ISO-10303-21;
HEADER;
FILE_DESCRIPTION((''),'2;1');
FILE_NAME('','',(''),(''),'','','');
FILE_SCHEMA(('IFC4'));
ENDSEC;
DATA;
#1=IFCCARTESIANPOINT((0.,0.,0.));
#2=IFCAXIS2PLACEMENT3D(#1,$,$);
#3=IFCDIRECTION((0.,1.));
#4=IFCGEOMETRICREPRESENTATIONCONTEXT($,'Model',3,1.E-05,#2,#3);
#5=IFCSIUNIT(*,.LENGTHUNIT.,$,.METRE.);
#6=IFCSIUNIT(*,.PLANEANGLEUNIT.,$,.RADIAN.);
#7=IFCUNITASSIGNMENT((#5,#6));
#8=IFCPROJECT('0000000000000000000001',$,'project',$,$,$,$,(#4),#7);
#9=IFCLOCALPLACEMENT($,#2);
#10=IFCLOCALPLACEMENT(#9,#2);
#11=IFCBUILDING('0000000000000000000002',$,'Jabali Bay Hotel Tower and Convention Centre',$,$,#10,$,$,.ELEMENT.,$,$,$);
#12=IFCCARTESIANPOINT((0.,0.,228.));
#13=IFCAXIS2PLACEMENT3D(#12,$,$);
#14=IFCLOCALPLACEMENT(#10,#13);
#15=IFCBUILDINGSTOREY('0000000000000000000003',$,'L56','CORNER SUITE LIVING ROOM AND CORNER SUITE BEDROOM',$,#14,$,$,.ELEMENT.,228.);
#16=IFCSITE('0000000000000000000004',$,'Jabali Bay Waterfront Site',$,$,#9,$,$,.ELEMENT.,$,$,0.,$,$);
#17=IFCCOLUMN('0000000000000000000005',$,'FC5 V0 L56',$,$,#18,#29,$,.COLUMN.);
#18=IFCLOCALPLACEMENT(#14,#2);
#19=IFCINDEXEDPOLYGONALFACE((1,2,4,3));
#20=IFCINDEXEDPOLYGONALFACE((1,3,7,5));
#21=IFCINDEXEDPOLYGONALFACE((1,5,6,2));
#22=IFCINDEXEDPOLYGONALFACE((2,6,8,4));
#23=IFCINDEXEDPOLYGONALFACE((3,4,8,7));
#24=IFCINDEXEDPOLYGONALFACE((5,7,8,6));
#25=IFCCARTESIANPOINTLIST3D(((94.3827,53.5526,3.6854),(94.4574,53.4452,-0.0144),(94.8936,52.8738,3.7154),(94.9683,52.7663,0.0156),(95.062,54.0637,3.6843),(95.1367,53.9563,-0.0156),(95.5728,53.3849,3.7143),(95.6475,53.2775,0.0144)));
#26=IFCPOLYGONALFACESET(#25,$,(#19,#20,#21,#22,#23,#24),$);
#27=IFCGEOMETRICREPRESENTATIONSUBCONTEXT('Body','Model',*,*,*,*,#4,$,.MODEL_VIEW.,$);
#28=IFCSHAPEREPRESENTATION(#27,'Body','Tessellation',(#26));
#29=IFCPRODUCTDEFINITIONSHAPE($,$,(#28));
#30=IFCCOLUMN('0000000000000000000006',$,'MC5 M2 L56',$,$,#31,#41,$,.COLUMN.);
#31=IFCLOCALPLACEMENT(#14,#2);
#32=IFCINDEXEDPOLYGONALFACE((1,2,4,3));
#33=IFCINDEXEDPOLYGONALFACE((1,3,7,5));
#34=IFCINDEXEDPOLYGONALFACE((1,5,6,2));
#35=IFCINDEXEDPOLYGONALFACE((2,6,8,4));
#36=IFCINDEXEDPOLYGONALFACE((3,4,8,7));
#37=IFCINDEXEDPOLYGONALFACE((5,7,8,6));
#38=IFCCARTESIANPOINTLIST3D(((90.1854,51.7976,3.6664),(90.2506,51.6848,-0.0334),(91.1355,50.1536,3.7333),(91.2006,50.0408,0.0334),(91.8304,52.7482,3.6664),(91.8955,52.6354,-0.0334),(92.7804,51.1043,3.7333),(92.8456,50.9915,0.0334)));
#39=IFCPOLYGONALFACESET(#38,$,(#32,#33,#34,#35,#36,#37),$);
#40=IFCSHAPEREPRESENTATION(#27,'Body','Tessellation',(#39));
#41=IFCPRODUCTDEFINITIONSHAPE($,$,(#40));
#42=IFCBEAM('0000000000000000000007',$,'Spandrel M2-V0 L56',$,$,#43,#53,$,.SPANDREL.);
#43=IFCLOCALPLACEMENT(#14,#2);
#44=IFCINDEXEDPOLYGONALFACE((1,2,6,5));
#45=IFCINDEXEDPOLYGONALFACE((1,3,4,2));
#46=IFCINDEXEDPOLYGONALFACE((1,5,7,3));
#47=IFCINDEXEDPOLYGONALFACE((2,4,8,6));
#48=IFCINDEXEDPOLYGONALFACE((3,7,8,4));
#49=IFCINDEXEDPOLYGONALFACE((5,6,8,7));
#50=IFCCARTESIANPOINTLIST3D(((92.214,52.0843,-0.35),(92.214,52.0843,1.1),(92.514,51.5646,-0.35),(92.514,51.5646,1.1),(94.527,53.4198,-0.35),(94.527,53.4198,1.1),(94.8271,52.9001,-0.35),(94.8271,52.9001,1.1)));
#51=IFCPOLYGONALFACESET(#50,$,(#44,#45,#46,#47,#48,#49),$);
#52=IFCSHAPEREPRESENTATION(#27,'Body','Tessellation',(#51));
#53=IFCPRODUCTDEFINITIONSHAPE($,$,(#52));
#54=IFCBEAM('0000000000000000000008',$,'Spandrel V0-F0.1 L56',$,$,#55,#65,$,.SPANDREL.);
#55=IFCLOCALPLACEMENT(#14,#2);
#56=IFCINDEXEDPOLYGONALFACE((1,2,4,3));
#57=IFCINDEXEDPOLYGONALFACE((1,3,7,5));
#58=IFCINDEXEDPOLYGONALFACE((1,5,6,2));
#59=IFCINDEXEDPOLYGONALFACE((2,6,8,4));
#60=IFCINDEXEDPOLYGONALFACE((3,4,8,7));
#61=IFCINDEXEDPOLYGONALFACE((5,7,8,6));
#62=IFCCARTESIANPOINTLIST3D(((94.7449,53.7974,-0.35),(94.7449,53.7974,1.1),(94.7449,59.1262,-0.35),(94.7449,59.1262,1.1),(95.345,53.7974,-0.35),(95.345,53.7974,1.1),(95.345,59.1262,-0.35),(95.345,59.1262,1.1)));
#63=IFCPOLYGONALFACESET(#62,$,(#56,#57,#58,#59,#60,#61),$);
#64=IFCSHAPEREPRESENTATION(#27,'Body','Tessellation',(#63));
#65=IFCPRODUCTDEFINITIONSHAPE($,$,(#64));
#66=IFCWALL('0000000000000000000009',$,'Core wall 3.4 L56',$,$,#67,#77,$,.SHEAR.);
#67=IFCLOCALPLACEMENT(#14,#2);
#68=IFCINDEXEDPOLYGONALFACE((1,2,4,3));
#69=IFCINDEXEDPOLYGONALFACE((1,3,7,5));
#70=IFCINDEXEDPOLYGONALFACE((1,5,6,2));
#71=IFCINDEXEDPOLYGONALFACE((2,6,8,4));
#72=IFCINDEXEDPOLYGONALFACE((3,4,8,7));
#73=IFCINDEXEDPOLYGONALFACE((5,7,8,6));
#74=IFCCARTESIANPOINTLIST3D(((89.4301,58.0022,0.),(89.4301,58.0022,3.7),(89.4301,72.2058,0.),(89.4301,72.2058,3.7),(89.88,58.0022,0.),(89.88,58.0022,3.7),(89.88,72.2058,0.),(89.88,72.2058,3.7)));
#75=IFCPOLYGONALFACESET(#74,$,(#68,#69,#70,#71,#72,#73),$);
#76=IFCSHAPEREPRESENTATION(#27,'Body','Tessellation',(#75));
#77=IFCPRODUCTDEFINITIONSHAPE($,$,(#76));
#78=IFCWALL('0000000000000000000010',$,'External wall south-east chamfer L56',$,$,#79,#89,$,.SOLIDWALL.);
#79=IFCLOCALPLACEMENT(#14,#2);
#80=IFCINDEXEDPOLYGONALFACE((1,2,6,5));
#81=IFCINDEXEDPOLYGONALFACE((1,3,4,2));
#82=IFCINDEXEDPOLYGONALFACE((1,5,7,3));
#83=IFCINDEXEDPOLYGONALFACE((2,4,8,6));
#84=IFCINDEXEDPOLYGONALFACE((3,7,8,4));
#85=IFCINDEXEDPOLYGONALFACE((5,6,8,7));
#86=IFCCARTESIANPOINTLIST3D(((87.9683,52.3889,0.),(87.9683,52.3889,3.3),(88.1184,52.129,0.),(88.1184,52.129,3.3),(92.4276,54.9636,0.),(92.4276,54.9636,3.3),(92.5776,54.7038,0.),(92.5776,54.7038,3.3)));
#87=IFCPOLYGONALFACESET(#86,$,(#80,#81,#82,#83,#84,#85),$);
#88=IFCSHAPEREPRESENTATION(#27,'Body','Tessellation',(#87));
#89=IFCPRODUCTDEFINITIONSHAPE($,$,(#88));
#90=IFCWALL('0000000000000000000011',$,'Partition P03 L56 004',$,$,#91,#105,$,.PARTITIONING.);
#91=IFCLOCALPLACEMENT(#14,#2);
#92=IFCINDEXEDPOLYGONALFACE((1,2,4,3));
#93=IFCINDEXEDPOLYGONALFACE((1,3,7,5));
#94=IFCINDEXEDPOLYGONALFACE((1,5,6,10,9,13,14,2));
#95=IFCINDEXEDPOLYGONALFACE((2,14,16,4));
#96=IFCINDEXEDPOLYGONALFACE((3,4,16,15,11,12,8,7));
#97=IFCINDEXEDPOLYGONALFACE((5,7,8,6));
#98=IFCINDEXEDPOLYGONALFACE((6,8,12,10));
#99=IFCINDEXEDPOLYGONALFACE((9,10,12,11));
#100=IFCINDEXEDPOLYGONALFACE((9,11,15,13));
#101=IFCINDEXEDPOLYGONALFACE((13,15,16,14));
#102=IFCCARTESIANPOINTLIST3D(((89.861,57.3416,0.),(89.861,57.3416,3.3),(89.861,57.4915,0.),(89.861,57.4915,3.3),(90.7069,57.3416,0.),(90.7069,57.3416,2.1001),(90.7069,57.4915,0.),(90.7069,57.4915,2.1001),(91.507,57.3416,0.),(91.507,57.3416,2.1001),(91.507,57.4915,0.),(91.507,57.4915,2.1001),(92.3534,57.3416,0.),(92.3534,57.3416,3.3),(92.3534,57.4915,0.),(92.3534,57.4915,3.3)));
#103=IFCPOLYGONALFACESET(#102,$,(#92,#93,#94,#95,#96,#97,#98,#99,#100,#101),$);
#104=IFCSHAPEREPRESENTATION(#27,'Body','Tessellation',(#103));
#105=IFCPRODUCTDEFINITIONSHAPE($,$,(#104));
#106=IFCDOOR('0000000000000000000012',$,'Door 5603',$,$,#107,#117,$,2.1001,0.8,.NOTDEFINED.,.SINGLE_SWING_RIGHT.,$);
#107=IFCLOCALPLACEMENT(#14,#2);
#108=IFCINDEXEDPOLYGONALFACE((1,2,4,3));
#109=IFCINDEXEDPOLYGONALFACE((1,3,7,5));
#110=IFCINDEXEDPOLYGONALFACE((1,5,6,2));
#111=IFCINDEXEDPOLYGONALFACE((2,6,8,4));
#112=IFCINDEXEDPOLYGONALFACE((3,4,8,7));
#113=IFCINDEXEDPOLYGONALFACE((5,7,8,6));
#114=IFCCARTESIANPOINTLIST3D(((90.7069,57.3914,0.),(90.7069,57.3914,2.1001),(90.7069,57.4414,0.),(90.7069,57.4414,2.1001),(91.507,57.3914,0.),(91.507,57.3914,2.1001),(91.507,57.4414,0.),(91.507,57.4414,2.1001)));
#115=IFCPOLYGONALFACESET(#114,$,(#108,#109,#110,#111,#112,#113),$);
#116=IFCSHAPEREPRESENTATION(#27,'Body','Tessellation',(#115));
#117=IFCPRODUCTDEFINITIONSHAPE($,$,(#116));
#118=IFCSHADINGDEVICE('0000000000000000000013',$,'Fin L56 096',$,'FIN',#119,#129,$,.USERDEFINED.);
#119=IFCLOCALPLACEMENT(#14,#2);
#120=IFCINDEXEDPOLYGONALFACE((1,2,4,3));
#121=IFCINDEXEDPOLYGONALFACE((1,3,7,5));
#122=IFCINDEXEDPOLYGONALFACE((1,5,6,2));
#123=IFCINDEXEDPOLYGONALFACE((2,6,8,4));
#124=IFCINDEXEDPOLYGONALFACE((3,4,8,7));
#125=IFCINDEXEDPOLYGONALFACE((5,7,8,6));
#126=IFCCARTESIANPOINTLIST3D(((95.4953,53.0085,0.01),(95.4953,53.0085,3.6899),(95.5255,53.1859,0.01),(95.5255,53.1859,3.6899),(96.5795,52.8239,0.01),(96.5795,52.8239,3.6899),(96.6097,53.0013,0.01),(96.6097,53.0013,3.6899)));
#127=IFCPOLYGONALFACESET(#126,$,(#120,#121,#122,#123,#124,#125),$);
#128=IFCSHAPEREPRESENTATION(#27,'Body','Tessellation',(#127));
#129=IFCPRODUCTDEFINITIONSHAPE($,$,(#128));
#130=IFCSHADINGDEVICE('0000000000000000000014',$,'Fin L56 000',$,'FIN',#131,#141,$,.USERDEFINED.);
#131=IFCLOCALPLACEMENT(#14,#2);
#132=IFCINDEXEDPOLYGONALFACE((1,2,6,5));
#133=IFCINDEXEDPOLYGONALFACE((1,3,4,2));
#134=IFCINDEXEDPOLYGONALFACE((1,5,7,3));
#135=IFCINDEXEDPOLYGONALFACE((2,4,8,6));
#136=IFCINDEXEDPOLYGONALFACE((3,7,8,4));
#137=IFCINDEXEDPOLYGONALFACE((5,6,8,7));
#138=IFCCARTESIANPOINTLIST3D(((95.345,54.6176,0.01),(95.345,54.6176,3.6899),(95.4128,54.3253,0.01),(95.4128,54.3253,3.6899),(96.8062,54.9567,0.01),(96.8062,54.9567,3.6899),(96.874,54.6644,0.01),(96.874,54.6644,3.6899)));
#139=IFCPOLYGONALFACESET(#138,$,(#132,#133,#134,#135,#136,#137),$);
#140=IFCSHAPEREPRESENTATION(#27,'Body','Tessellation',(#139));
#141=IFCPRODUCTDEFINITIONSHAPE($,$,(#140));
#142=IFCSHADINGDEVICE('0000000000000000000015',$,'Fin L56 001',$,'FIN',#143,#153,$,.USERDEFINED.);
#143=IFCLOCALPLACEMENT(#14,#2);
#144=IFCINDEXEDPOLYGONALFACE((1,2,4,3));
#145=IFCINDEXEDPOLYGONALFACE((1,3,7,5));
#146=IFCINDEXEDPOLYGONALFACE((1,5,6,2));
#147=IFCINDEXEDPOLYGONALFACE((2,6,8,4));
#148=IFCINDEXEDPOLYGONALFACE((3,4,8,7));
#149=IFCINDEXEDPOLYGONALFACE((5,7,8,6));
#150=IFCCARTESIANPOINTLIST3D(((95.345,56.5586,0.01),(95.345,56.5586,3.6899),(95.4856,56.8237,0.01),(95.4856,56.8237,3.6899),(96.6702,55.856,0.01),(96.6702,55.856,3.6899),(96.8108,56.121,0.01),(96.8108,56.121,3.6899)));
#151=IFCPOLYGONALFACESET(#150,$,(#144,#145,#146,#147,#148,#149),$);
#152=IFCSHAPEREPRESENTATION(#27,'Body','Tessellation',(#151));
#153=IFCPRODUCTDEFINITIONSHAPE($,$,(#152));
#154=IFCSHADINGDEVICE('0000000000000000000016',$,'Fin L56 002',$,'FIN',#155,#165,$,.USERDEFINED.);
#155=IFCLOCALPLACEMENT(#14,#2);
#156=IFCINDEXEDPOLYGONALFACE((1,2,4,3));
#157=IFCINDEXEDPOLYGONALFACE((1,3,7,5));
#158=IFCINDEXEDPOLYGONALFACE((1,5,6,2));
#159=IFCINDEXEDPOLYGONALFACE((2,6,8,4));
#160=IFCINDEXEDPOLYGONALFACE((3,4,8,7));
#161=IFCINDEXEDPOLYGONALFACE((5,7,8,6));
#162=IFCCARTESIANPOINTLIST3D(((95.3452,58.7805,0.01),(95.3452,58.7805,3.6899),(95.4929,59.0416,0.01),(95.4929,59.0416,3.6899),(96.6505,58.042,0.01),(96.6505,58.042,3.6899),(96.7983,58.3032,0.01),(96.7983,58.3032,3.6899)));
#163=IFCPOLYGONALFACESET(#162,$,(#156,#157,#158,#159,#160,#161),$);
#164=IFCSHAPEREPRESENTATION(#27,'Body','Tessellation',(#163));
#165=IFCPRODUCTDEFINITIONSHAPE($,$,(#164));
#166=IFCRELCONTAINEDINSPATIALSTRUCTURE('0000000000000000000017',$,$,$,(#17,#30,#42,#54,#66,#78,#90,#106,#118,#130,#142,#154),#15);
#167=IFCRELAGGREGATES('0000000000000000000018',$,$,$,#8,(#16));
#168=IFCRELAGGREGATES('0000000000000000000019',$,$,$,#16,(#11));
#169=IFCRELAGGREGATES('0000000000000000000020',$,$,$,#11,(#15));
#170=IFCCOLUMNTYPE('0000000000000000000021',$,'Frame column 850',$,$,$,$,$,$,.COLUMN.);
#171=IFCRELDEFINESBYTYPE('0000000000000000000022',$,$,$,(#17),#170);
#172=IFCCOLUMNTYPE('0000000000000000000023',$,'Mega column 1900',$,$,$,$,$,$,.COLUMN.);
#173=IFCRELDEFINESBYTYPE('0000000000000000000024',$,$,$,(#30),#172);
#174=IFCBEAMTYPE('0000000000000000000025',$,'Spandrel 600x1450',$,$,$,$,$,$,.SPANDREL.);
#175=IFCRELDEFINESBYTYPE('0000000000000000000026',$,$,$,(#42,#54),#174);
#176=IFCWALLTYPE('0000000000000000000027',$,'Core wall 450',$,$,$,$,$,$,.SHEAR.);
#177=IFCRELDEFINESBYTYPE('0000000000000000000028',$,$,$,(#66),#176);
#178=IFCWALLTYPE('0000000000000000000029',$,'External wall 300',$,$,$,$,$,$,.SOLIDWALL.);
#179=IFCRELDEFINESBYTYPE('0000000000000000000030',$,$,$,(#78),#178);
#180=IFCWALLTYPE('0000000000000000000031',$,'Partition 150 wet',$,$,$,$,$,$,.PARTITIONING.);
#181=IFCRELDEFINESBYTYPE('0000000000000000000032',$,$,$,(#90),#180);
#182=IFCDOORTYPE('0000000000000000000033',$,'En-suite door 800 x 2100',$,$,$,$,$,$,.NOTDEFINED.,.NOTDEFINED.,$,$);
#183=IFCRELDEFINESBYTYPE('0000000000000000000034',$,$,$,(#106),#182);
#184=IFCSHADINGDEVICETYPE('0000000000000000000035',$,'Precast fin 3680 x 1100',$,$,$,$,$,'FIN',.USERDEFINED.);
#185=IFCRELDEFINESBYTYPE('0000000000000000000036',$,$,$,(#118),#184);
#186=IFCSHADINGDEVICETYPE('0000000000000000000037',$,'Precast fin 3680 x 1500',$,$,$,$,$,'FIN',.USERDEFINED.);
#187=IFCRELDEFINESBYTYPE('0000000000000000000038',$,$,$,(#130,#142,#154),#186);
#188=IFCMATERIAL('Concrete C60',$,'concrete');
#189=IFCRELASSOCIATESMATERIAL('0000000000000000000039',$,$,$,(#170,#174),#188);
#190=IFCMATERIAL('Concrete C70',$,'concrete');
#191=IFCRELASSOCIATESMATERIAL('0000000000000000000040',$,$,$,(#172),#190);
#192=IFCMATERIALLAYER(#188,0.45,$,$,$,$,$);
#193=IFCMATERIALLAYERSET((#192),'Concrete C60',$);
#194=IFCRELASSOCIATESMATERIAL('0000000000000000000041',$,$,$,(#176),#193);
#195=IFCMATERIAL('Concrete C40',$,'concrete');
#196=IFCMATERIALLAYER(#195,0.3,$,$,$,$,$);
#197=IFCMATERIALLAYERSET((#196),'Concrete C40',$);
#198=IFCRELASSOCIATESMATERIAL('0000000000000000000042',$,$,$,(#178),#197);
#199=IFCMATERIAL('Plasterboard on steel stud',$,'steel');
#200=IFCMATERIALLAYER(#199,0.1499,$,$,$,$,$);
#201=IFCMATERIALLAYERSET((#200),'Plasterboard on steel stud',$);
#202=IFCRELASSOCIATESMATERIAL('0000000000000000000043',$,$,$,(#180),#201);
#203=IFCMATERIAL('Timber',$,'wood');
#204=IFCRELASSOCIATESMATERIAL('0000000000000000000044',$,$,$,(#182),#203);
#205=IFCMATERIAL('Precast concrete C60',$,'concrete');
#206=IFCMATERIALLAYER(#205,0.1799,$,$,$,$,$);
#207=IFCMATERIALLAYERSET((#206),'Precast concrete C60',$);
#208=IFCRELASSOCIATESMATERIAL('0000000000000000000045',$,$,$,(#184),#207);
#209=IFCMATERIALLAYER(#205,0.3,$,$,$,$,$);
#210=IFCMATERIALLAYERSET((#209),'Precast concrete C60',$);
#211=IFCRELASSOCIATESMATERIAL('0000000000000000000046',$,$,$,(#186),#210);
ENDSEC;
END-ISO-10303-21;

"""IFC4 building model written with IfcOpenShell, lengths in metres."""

from ifc_helpers import new_model, si_unit, direction, frame, frame_2d, origin, origin_2d, place, context, subcontext, project, spatial, rectangle, extrude, material, layer, layer_set, material_profile, profile_set, type_object, element, fill, save


model = new_model("IFC4")

# Units and contexts
model_context = context("Model", 3, precision=1e-05, world=origin(), true_north=direction((0.0, 1.0)))
body_context = subcontext(model_context, "Body", "Model", "MODEL_VIEW")
ifc_project = project(units=[si_unit("LENGTHUNIT", "METRE"), si_unit("PLANEANGLEUNIT", "RADIAN")], contexts=[model_context])

# Site, building, storey
site_placement = place(None, origin())
site = spatial("IfcSite", under=ifc_project, at=site_placement, Name="Jabali Bay Waterfront Site", CompositionType="ELEMENT", RefElevation=0.0)
building_placement = place(site_placement, origin())
building = spatial("IfcBuilding", under=site, at=building_placement, Name="Jabali Bay Hotel Tower and Convention Centre", CompositionType="ELEMENT")
storey_placement = place(building_placement, frame((0.0, 0.0, 228.0)))
storey = spatial("IfcBuildingStorey", under=building, at=storey_placement, Name="L56", Description="CORNER SUITE LIVING ROOM AND CORNER SUITE BEDROOM", CompositionType="ELEMENT", Elevation=228.0)

# Columns
ifc_material_1 = material(Name="Concrete C60", Category="concrete")
ifc_material_profile_1 = material_profile(ifc_material_1, rectangle(XDim=0.8501, YDim=0.8501, at=origin_2d()), Name="Frame column 850")
ifc_profile_set_1 = profile_set([ifc_material_profile_1], Name="Concrete C60")
column_type_1 = type_object("IfcColumnType", Name="Frame column 850", PredefinedType="COLUMN", material=ifc_profile_set_1)
column_1_placement = place(storey_placement, frame((95.0525, 53.3613, 0.0), z_axis=(-0.020179, 0.029015, 0.999375), x_axis=(-0.799047, -0.601267, 0.001323)))
element("IfcColumn", 1, at=column_1_placement, inside=storey, type_object=column_type_1, Name="FC5 V0 L56", PredefinedType="COLUMN", context=body_context, shape_type="SweptSolid", body=[
    extrude(rectangle(XDim=0.8501, YDim=0.8501, at=origin_2d()), origin(), (0.0, 0.0, 1.0), 3.7021),
])
ifc_material_2 = material(Name="Concrete C70", Category="concrete")
ifc_material_profile_2 = material_profile(ifc_material_2, rectangle(XDim=1.8999, YDim=1.8999, at=origin_2d()), Name="Mega column 1900")
ifc_profile_set_2 = profile_set([ifc_material_profile_2], Name="Concrete C70")
column_type_2 = type_object("IfcColumnType", Name="Mega column 1900", PredefinedType="COLUMN", material=ifc_profile_set_2)
column_2_placement = place(storey_placement, frame((91.5481, 51.3381, 0.0), z_axis=(-0.017607, 0.030466, 0.999381), x_axis=(0.500056, -0.865278, 0.035188)))
element("IfcColumn", 2, at=column_2_placement, inside=storey, type_object=column_type_2, Name="MC5 M2 L56", PredefinedType="COLUMN", context=body_context, shape_type="SweptSolid", body=[
    extrude(rectangle(XDim=1.8999, YDim=1.8999, at=origin_2d()), origin(), (0.0, 0.0, 1.0), 3.7021),
])

# Beams
ifc_material_profile_3 = material_profile(ifc_material_1, rectangle(XDim=0.6001, YDim=1.45, at=origin_2d()), Name="Spandrel 600x1450")
ifc_profile_set_3 = profile_set([ifc_material_profile_3], Name="Concrete C60")
beam_type = type_object("IfcBeamType", Name="Spandrel 600x1450", PredefinedType="SPANDREL", material=ifc_profile_set_3)
beam_1_placement = place(storey_placement, frame((92.364, 51.8245, 0.375), z_axis=(0.866018, 0.500013, 0.0), x_axis=(-0.500013, 0.866018, 0.0)))
element("IfcBeam", 3, at=beam_1_placement, inside=storey, type_object=beam_type, Name="Spandrel M2-V0 L56", PredefinedType="SPANDREL", context=body_context, shape_type="SweptSolid", body=[
    extrude(rectangle(XDim=0.6001, YDim=1.45, at=origin_2d()), origin(), (0.0, 0.0, 1.0), 2.6709),
])
beam_2_placement = place(storey_placement, frame((95.0449, 53.7974, 0.375), z_axis=(0.0, 1.0, 0.0), x_axis=(-1.0, 0.0, 0.0)))
element("IfcBeam", 4, at=beam_2_placement, inside=storey, type_object=beam_type, Name="Spandrel V0-F0.1 L56", PredefinedType="SPANDREL", context=body_context, shape_type="SweptSolid", body=[
    extrude(rectangle(XDim=0.6001, YDim=1.45, at=origin_2d()), origin(), (0.0, 0.0, 1.0), 5.3289),
])

# Walls
ifc_layer_1 = layer(ifc_material_1, 0.45)
ifc_layer_set_1 = layer_set([ifc_layer_1], Name="Concrete C60")
wall_type_1 = type_object("IfcWallType", Name="Core wall 450", PredefinedType="SHEAR", material=ifc_layer_set_1)
wall_1_placement = place(storey_placement, frame((89.655, 58.0022, 0.0), z_axis=(0.0, 0.0, 1.0), x_axis=(0.0, 1.0, 0.0)))
element("IfcWall", 5, at=wall_1_placement, inside=storey, type_object=wall_type_1, Name="Core wall 3.4 L56", PredefinedType="SHEAR", context=body_context, shape_type="SweptSolid", body=[
    extrude(rectangle(XDim=14.2036, YDim=0.45, at=frame_2d((7.1018, 0.0))), origin(), (0.0, 0.0, 1.0), 3.7),
])
ifc_material_3 = material(Name="Concrete C40", Category="concrete")
ifc_layer_2 = layer(ifc_material_3, 0.3)
ifc_layer_set_2 = layer_set([ifc_layer_2], Name="Concrete C40")
wall_type_2 = type_object("IfcWallType", Name="External wall 300", PredefinedType="SOLIDWALL", material=ifc_layer_set_2)
wall_2_placement = place(storey_placement, frame((92.5027, 54.8337, 0.0), z_axis=(0.0, 0.0, 1.0), x_axis=(-0.866011, -0.500025, 0.0)))
element("IfcWall", 6, at=wall_2_placement, inside=storey, type_object=wall_type_2, Name="External wall south-east chamfer L56", PredefinedType="SOLIDWALL", context=body_context, shape_type="SweptSolid", body=[
    extrude(rectangle(XDim=5.1492, YDim=0.3, at=frame_2d((2.5747, 0.0))), origin(), (0.0, 0.0, 1.0), 3.3),
])

# Wall, opening, door
ifc_material_4 = material(Name="Plasterboard on steel stud", Category="steel")
ifc_layer_3 = layer(ifc_material_4, 0.1499)
ifc_layer_set_3 = layer_set([ifc_layer_3], Name="Plasterboard on steel stud")
wall_type_3 = type_object("IfcWallType", Name="Partition 150 wet", PredefinedType="PARTITIONING", material=ifc_layer_set_3)
wall_3_placement = place(storey_placement, frame((89.8611, 57.4165, 0.0), z_axis=(0.0, 0.0, 1.0), x_axis=(1.0, 0.0, 0.0)))
wall_3 = element("IfcWall", 7, at=wall_3_placement, inside=storey, type_object=wall_type_3, Name="Partition P03 L56 004", PredefinedType="PARTITIONING", context=body_context, shape_type="SweptSolid", body=[
    extrude(rectangle(XDim=2.4924, YDim=0.1499, at=frame_2d((1.2461, 0.0))), origin(), (0.0, 0.0, 1.0), 3.3),
])
opening_placement = place(wall_3_placement, frame((0.8459, 0.0, 0.0)))
opening = element("IfcOpeningElement", 8, at=opening_placement, cuts=wall_3, PredefinedType="OPENING", context=body_context, shape_type="SweptSolid", body=[
    extrude(rectangle(XDim=0.8, YDim=2.1001, at=frame_2d((0.3999, 1.05))), frame((0.0, 0.0854, 0.0), z_axis=(0.0, -1.0, 0.0), x_axis=(1.0, 0.0, 0.0)), (0.0, 0.0, 1.0), 0.1709),
])
ifc_material_5 = material(Name="Timber", Category="wood")
door_type = type_object("IfcDoorType", Name="En-suite door 800 x 2100", OperationType="NOTDEFINED", PredefinedType="NOTDEFINED", material=ifc_material_5)
door_placement = place(opening_placement, origin())
door = element("IfcDoor", 9, at=door_placement, inside=storey, type_object=door_type, Name="Door 5603", OperationType="SINGLE_SWING_RIGHT", OverallHeight=2.1001, OverallWidth=0.8, PredefinedType="NOTDEFINED", context=body_context, shape_type="SweptSolid", body=[
    extrude(rectangle(XDim=0.8, YDim=2.1001, at=frame_2d((0.3999, 1.05))), frame((0.0, 0.0249, 0.0), z_axis=(0.0, -1.0, 0.0), x_axis=(1.0, 0.0, 0.0)), (0.0, 0.0, 1.0), 0.05),
])
fill(opening, door)

# Shading devices
ifc_material_6 = material(Name="Precast concrete C60", Category="concrete")
ifc_layer_4 = layer(ifc_material_6, 0.1799)
ifc_layer_set_4 = layer_set([ifc_layer_4], Name="Precast concrete C60")
shading_device_type_1 = type_object("IfcShadingDeviceType", Name="Precast fin 3680 x 1100", ElementType="FIN", PredefinedType="USERDEFINED", material=ifc_layer_set_4)
shading_device_1_placement = place(storey_placement, frame((95.5105, 53.0972, 0.01), z_axis=(0.0, 0.0, 1.0), x_axis=(0.985818, -0.167818, 0.0)))
element("IfcShadingDevice", 10, at=shading_device_1_placement, inside=storey, type_object=shading_device_type_1, Name="Fin L56 096", ObjectType="FIN", PredefinedType="USERDEFINED", context=body_context, shape_type="SweptSolid", body=[
    extrude(rectangle(XDim=1.0999, YDim=0.1799, at=frame_2d((0.5498, 0.0))), origin(), (0.0, 0.0, 1.0), 3.6799),
])
ifc_layer_5 = layer(ifc_material_6, 0.3)
ifc_layer_set_5 = layer_set([ifc_layer_5], Name="Precast concrete C60")
shading_device_type_2 = type_object("IfcShadingDeviceType", Name="Precast fin 3680 x 1500", ElementType="FIN", PredefinedType="USERDEFINED", material=ifc_layer_set_5)
for number, where, z_axis, x_axis, name in (
    (11, (95.3789, 54.4714, 0.01), (0.0, 0.0, 1.0), (0.974111, 0.226072, 0.0), "Fin L56 000"),
    (12, (95.4153, 56.6912, 0.01), (0.0, 0.0, 1.0), (0.883495, -0.468441, 0.0), "Fin L56 001"),
):
    element("IfcShadingDevice", number, at=place(storey_placement, frame(where, z_axis=z_axis, x_axis=x_axis)), inside=storey, type_object=shading_device_type_2, Name=name, ObjectType="FIN", PredefinedType="USERDEFINED", context=body_context, shape_type="SweptSolid", body=[
        extrude(rectangle(XDim=1.5, YDim=0.3, at=frame_2d((0.75, 0.0))), origin(), (0.0, 0.0, 1.0), 3.6799),
    ])
shading_device_2_placement = place(storey_placement, frame((95.4189, 58.9111, 0.01), z_axis=(0.0, 0.0, 1.0), x_axis=(0.870369, -0.4924, 0.0)))
element("IfcShadingDevice", 13, at=shading_device_2_placement, inside=storey, type_object=shading_device_type_2, Name="Fin L56 002", ObjectType="FIN", PredefinedType="USERDEFINED", context=body_context, shape_type="SweptSolid", body=[
    extrude(rectangle(XDim=1.4998, YDim=0.3, at=frame_2d((0.75, 0.0))), origin(), (0.0, 0.0, 1.0), 3.6799),
])

save(model, "model.ifc")
